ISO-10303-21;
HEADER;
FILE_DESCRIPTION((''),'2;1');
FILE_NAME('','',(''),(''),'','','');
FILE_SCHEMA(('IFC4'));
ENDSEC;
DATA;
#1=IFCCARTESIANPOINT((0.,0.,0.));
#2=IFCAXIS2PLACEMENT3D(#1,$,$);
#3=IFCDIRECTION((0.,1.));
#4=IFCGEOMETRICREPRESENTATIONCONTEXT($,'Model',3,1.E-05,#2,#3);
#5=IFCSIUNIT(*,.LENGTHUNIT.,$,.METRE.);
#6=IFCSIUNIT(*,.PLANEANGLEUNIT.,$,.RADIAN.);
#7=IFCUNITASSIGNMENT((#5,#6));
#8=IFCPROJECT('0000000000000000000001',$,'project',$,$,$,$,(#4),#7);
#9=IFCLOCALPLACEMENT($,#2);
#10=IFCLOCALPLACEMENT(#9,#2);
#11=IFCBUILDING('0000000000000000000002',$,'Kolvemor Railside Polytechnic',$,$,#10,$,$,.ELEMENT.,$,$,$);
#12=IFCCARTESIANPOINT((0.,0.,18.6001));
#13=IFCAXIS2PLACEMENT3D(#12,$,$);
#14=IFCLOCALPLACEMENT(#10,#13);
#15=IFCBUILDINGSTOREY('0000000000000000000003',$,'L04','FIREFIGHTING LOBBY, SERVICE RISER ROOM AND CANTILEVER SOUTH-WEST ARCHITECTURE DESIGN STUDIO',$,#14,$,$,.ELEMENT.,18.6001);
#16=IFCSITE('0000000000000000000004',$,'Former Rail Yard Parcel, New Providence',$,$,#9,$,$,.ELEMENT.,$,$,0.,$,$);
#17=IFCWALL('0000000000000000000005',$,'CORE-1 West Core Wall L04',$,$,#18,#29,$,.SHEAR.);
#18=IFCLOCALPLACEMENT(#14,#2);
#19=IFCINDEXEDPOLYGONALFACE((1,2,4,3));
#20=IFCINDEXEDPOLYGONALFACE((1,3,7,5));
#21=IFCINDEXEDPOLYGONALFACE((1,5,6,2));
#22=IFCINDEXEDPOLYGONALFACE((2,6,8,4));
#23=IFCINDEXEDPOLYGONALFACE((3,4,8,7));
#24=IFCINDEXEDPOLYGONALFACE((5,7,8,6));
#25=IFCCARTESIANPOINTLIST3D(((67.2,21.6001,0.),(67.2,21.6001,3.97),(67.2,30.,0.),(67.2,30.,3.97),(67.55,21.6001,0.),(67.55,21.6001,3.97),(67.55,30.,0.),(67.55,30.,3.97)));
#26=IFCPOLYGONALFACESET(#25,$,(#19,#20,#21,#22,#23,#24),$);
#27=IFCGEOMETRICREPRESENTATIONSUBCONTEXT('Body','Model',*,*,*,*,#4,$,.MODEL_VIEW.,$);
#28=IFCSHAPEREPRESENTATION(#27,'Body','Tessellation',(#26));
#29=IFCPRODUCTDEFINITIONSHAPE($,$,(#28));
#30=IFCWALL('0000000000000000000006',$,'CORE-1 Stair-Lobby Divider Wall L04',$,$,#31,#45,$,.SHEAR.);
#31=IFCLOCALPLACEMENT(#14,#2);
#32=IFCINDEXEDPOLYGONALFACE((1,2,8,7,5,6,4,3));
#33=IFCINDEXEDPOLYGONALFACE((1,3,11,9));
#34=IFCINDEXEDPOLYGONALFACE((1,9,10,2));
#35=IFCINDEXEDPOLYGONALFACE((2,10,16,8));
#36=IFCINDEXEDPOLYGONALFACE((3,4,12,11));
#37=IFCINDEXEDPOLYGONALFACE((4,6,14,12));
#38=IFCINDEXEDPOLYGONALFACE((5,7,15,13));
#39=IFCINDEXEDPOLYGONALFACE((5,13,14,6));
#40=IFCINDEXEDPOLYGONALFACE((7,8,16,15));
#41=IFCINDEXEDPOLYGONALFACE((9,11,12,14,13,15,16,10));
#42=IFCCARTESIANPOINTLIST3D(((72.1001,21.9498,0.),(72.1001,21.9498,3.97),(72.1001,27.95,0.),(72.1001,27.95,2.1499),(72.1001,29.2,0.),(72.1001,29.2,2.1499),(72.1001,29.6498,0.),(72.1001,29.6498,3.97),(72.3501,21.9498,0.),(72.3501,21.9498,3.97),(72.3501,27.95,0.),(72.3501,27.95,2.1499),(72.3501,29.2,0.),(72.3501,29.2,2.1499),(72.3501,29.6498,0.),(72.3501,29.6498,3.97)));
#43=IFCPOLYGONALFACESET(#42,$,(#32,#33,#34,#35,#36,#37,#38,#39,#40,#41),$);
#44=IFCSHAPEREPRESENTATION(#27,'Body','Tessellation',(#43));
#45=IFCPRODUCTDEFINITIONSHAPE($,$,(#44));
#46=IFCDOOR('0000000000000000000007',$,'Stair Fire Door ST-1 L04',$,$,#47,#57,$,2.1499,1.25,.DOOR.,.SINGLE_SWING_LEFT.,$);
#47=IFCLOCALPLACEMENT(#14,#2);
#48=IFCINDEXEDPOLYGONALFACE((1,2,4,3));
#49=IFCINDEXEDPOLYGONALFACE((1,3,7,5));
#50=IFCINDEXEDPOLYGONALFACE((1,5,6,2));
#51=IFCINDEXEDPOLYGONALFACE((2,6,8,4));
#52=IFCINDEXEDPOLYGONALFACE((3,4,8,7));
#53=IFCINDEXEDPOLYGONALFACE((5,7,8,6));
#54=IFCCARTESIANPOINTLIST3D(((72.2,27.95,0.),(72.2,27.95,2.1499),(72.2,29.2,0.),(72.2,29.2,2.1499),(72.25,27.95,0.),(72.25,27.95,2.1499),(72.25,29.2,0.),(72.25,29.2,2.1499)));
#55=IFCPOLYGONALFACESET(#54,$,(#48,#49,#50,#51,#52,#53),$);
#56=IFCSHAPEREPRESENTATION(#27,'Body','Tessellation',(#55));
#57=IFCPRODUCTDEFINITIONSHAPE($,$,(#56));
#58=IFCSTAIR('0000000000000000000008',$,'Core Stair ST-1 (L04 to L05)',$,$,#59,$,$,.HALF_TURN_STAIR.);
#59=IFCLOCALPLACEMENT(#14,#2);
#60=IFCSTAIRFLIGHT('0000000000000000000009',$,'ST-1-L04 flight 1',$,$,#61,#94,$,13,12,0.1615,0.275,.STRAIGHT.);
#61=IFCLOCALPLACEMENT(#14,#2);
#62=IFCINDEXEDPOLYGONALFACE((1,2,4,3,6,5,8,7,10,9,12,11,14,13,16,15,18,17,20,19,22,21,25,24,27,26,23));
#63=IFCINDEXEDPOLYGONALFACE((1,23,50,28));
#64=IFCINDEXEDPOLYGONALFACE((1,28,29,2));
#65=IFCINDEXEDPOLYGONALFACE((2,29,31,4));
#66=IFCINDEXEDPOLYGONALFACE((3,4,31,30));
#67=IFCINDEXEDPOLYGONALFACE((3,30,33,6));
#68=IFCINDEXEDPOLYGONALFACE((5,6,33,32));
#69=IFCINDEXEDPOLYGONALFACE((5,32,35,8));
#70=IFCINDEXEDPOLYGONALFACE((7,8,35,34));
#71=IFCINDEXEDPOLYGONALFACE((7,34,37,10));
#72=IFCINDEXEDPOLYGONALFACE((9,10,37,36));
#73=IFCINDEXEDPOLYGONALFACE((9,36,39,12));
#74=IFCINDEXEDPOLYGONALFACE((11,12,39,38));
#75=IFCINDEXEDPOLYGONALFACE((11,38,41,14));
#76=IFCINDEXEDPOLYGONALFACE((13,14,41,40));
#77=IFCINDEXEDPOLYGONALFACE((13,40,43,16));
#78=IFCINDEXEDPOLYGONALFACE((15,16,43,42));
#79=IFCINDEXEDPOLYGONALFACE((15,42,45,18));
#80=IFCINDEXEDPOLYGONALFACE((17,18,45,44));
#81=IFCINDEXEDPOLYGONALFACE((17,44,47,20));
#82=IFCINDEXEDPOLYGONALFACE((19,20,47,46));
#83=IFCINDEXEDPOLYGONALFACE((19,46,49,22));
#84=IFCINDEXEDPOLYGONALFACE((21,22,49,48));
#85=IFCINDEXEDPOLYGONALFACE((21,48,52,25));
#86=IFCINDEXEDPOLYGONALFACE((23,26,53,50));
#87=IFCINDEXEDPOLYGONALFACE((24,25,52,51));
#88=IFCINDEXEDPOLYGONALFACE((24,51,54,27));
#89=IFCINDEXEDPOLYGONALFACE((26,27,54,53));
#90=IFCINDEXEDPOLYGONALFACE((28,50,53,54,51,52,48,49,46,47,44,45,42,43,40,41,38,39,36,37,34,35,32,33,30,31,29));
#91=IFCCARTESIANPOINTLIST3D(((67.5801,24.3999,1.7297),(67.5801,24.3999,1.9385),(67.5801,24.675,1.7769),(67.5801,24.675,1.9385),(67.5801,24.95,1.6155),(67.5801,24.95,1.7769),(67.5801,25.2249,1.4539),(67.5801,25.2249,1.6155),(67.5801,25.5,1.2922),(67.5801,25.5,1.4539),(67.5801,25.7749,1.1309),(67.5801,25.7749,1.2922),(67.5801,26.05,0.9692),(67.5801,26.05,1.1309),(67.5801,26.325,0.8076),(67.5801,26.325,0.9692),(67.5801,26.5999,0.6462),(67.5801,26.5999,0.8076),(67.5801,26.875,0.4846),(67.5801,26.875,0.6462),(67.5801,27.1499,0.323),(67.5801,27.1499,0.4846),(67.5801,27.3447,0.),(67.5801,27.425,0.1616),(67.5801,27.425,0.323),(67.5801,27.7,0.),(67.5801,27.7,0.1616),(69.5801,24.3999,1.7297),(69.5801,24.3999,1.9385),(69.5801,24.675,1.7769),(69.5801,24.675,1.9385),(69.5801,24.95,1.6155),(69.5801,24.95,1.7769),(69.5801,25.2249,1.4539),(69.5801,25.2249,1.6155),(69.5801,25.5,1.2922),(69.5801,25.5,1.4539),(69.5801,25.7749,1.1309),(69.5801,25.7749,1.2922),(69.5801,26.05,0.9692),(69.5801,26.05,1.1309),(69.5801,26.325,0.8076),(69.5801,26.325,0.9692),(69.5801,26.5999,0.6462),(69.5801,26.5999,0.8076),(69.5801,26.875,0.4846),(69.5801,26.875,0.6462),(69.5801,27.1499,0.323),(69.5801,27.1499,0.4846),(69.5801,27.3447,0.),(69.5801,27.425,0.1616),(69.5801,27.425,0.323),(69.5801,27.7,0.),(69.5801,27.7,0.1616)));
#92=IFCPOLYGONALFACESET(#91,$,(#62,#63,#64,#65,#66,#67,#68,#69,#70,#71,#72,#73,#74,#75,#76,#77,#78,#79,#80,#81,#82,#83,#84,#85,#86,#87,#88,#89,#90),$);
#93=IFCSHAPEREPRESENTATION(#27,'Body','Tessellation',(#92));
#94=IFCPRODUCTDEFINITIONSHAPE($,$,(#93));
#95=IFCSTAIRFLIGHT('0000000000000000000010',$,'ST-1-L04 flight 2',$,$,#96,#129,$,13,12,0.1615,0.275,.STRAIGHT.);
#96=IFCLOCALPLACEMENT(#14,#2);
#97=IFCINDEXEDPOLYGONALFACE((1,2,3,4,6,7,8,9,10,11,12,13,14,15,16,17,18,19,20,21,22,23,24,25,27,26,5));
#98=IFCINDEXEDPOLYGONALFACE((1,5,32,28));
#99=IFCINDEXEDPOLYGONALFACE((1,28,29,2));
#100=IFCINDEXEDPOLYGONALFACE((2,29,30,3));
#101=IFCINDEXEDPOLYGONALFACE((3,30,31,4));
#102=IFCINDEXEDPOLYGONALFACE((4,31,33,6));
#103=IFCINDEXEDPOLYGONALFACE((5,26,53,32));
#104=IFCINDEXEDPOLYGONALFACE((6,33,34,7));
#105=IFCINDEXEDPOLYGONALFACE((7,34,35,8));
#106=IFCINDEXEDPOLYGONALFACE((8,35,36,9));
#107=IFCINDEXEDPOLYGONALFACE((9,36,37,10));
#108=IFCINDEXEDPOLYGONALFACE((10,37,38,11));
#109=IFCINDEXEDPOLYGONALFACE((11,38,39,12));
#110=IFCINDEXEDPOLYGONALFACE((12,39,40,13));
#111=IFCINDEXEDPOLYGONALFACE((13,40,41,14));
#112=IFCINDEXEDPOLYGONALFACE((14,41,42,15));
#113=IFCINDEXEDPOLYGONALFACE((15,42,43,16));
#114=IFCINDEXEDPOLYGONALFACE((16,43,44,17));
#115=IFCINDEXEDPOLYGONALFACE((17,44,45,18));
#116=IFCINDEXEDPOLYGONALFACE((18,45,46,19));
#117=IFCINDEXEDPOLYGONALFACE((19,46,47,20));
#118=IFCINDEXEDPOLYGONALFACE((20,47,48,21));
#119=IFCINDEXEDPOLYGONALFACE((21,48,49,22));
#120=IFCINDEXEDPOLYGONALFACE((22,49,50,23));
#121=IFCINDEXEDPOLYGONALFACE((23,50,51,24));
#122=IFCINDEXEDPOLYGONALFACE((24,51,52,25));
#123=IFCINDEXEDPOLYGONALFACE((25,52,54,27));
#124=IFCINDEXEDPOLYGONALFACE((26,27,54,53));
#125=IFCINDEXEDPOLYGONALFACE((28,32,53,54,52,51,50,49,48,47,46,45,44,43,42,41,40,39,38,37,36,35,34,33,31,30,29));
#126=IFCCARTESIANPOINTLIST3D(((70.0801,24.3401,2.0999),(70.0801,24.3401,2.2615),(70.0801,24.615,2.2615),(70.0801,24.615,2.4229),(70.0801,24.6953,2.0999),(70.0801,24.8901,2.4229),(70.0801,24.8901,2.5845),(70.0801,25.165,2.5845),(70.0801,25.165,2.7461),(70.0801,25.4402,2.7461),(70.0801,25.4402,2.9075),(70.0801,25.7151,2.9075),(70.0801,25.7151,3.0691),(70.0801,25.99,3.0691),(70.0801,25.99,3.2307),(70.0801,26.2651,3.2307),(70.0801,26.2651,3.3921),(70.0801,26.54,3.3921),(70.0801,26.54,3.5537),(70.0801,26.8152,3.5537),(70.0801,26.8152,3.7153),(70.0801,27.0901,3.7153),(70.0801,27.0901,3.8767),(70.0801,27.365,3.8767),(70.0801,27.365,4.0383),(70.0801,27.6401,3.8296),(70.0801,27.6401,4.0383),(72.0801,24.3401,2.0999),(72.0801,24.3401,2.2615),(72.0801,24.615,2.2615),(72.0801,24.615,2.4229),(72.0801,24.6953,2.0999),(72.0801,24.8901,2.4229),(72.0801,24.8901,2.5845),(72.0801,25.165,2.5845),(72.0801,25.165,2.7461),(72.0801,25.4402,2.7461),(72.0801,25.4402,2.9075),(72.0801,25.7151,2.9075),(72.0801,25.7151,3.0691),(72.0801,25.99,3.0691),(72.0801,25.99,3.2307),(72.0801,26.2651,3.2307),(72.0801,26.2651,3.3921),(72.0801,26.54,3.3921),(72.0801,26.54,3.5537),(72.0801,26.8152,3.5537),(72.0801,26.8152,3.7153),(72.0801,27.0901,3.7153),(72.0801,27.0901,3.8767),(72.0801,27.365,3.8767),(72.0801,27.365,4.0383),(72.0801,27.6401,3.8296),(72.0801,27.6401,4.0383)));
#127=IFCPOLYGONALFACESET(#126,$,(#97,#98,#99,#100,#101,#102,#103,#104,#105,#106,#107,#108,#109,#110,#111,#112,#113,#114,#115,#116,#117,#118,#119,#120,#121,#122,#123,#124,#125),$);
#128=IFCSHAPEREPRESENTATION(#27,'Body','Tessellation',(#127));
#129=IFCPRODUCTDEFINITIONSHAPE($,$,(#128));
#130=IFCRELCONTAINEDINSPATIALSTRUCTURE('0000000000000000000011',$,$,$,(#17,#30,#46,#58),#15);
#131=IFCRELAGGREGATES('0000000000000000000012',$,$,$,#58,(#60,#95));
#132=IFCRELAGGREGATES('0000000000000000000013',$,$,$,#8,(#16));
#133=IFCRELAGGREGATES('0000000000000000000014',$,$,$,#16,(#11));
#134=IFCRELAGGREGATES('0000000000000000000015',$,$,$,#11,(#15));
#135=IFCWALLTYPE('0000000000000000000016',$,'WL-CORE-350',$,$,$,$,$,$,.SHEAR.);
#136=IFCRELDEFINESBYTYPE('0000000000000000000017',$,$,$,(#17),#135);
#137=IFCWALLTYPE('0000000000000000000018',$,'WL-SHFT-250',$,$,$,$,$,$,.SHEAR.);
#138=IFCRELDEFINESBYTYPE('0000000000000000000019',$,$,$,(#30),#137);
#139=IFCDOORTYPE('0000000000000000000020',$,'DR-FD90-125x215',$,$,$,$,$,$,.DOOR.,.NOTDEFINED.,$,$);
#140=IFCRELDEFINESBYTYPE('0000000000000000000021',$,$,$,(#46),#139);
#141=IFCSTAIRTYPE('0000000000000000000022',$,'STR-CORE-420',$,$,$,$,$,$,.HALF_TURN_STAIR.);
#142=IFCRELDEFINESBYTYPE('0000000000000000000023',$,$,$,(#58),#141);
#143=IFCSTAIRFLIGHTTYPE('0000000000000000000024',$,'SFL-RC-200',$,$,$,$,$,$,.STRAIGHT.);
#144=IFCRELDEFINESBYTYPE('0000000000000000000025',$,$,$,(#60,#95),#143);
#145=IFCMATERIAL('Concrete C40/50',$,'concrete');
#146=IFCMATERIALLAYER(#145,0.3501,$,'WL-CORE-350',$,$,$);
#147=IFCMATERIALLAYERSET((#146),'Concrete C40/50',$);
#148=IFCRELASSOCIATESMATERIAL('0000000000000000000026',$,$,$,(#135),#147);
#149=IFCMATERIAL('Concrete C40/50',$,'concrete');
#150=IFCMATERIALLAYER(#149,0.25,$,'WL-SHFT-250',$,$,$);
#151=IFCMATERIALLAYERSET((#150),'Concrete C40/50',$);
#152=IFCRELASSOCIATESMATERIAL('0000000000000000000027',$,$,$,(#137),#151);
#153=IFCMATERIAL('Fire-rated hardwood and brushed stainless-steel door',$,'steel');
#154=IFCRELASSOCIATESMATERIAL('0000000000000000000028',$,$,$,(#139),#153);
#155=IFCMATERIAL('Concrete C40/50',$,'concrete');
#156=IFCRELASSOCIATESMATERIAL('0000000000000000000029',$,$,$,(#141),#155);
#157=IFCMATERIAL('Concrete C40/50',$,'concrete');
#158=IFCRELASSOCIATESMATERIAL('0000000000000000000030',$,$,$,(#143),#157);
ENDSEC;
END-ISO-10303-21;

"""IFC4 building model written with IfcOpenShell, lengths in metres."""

from ifc_helpers import new_model, si_unit, direction, frame, frame_2d, origin, place, context, subcontext, project, spatial, polyline, rectangle, outline, extrude, material, layer, layer_set, type_object, element, fill, aggregate, save


model = new_model("IFC4")

# Units and contexts
model_context = context("Model", 3, precision=1e-05, world=origin(), true_north=direction((0.0, 1.0)))
body_context = subcontext(model_context, "Body", "Model", "MODEL_VIEW")
ifc_project = project(units=[si_unit("LENGTHUNIT", "METRE"), si_unit("PLANEANGLEUNIT", "RADIAN")], contexts=[model_context])

# Site, building, storey
site_placement = place(None, origin())
site = spatial("IfcSite", under=ifc_project, at=site_placement, Name="Former Rail Yard Parcel, New Providence", CompositionType="ELEMENT", RefElevation=0.0)
building_placement = place(site_placement, origin())
building = spatial("IfcBuilding", under=site, at=building_placement, Name="Kolvemor Railside Polytechnic", CompositionType="ELEMENT")
storey_placement = place(building_placement, frame((0.0, 0.0, 18.6001)))
storey = spatial("IfcBuildingStorey", under=building, at=storey_placement, Name="L04", Description="FIREFIGHTING LOBBY, SERVICE RISER ROOM AND CANTILEVER SOUTH-WEST ARCHITECTURE DESIGN STUDIO", CompositionType="ELEMENT", Elevation=18.6001)

# Wall
ifc_material_1 = material(Name="Concrete C40/50", Category="concrete")
ifc_layer_1 = layer(ifc_material_1, 0.3501, Name="WL-CORE-350")
ifc_layer_set_1 = layer_set([ifc_layer_1], Name="Concrete C40/50")
wall_type_1 = type_object("IfcWallType", Name="WL-CORE-350", PredefinedType="SHEAR", material=ifc_layer_set_1)
wall_1_placement = place(storey_placement, frame((67.375, 21.6001, 0.0), z_axis=(0.0, 0.0, 1.0), x_axis=(0.0, 1.0, 0.0)))
element("IfcWall", 1, at=wall_1_placement, inside=storey, type_object=wall_type_1, Name="CORE-1 West Core Wall L04", PredefinedType="SHEAR", context=body_context, shape_type="SweptSolid", body=[
    extrude(rectangle(XDim=8.3999, YDim=0.3501, at=frame_2d((4.2, 0.0))), origin(), (0.0, 0.0, 1.0), 3.97),
])

# Wall, opening, door
ifc_material_2 = material(Name="Concrete C40/50", Category="concrete")
ifc_layer_2 = layer(ifc_material_2, 0.25, Name="WL-SHFT-250")
ifc_layer_set_2 = layer_set([ifc_layer_2], Name="Concrete C40/50")
wall_type_2 = type_object("IfcWallType", Name="WL-SHFT-250", PredefinedType="SHEAR", material=ifc_layer_set_2)
wall_2_placement = place(storey_placement, frame((72.2251, 29.6499, 0.0), z_axis=(0.0, 0.0, 1.0), x_axis=(0.0, -1.0, 0.0)))
wall_2 = element("IfcWall", 2, at=wall_2_placement, inside=storey, type_object=wall_type_2, Name="CORE-1 Stair-Lobby Divider Wall L04", PredefinedType="SHEAR", context=body_context, shape_type="SweptSolid", body=[
    extrude(rectangle(XDim=7.7, YDim=0.25, at=frame_2d((3.8501, 0.0))), origin(), (0.0, 0.0, 1.0), 3.97),
])
opening_1_placement = place(wall_2_placement, frame((0.45, 0.0, 0.0)))
opening_1 = element("IfcOpeningElement", 3, at=opening_1_placement, cuts=wall_2, PredefinedType="OPENING", context=body_context, shape_type="SweptSolid", body=[
    extrude(rectangle(XDim=1.25, YDim=2.1499, at=frame_2d((0.625, 1.075))), frame((0.0, 0.135, 0.0), z_axis=(0.0, -1.0, 0.0), x_axis=(1.0, 0.0, 0.0)), (0.0, 0.0, 1.0), 0.27),
])
ifc_material_3 = material(Name="Fire-rated hardwood and brushed stainless-steel door", Category="steel")
door_type_1 = type_object("IfcDoorType", Name="DR-FD90-125x215", OperationType="NOTDEFINED", PredefinedType="DOOR", material=ifc_material_3)
door_1_placement = place(opening_1_placement, origin())
door_1 = element("IfcDoor", 4, at=door_1_placement, inside=storey, type_object=door_type_1, Name="Stair Fire Door ST-1 L04", OperationType="SINGLE_SWING_LEFT", OverallHeight=2.1499, OverallWidth=1.25, PredefinedType="DOOR", context=body_context, shape_type="SweptSolid", body=[
    extrude(rectangle(XDim=1.25, YDim=2.1499, at=frame_2d((0.625, 1.075))), frame((0.0, 0.0249, 0.0), z_axis=(0.0, -1.0, 0.0), x_axis=(1.0, 0.0, 0.0)), (0.0, 0.0, 1.0), 0.05),
])
fill(opening_1, door_1)

# Stair, stair flights
ifc_material_4 = material(Name="Concrete C40/50", Category="concrete")
stair_type = type_object("IfcStairType", Name="STR-CORE-420", PredefinedType="HALF_TURN_STAIR", material=ifc_material_4)
stair_placement = place(storey_placement, origin())
stair = element("IfcStair", 5, at=stair_placement, inside=storey, type_object=stair_type, Name="Core Stair ST-1 (L04 to L05)", PredefinedType="HALF_TURN_STAIR")
ifc_material_5 = material(Name="Concrete C40/50", Category="concrete")
stair_flight_type = type_object("IfcStairFlightType", Name="SFL-RC-200", PredefinedType="STRAIGHT", material=ifc_material_5)
stair_flight_1_placement = place(storey_placement, frame((68.5801, 27.7, 0.0), z_axis=(0.0, 0.0, 1.0), x_axis=(0.0, -1.0, 0.0)))
stair_flight_1 = element("IfcStairFlight", 6, at=stair_flight_1_placement, type_object=stair_flight_type, Name="ST-1-L04 flight 1", NumberOfRisers=13, NumberOfTreads=12, PredefinedType="STRAIGHT", RiserHeight=0.1615, TreadLength=0.275, context=body_context, shape_type="SweptSolid", body=[
    extrude(outline(polyline([(0.0, 0.0), (0.0, 0.1616), (0.2749, 0.1616), (0.2749, 0.323), (0.55, 0.323), (0.55, 0.4846), (0.825, 0.4846), (0.825, 0.6462), (1.1001, 0.6462), (1.1001, 0.8076), (1.375, 0.8076), (1.375, 0.9692), (1.6499, 0.9692), (1.6499, 1.1309), (1.925, 1.1309), (1.925, 1.2922), (2.2, 1.2922), (2.2, 1.4539), (2.4751, 1.4539), (2.4751, 1.6155), (2.75, 1.6155), (2.75, 1.7769), (3.0249, 1.7769), (3.0249, 1.9385), (3.3, 1.9385), (3.3, 2.1001), (3.3, 1.7297), (0.3552, 0.0), (0.0, 0.0)])), frame((0.0, 1.0, 0.0), z_axis=(0.0, -1.0, 0.0), x_axis=(1.0, 0.0, 0.0)), (0.0, 0.0, 1.0), 2.0),
])
stair_flight_2_placement = place(storey_placement, frame((71.0801, 24.3401, 2.0999), z_axis=(0.0, 0.0, 1.0), x_axis=(0.0, 1.0, 0.0)))
stair_flight_2 = element("IfcStairFlight", 7, at=stair_flight_2_placement, type_object=stair_flight_type, Name="ST-1-L04 flight 2", NumberOfRisers=13, NumberOfTreads=12, PredefinedType="STRAIGHT", RiserHeight=0.1615, TreadLength=0.275, context=body_context, shape_type="SweptSolid", body=[
    extrude(outline(polyline([(0.0, 0.0), (0.0, 0.1616), (0.2749, 0.1616), (0.2749, 0.323), (0.55, 0.323), (0.55, 0.4846), (0.825, 0.4846), (0.825, 0.6462), (1.1001, 0.6462), (1.1001, 0.8076), (1.375, 0.8076), (1.375, 0.9692), (1.6499, 0.9692), (1.6499, 1.1309), (1.925, 1.1309), (1.925, 1.2922), (2.2, 1.2922), (2.2, 1.4539), (2.4751, 1.4539), (2.4751, 1.6155), (2.75, 1.6155), (2.75, 1.7769), (3.0249, 1.7769), (3.0249, 1.9385), (3.3, 1.9385), (3.3, 2.1001), (3.3, 1.7297), (0.3552, 0.0), (0.0, 0.0)])), frame((0.0, 1.0, 0.0), z_axis=(0.0, -1.0, 0.0), x_axis=(1.0, 0.0, 0.0)), (0.0, 0.0, 1.0), 2.0),
])
aggregate(stair, [stair_flight_1, stair_flight_2])

save(model, "model.ifc")
